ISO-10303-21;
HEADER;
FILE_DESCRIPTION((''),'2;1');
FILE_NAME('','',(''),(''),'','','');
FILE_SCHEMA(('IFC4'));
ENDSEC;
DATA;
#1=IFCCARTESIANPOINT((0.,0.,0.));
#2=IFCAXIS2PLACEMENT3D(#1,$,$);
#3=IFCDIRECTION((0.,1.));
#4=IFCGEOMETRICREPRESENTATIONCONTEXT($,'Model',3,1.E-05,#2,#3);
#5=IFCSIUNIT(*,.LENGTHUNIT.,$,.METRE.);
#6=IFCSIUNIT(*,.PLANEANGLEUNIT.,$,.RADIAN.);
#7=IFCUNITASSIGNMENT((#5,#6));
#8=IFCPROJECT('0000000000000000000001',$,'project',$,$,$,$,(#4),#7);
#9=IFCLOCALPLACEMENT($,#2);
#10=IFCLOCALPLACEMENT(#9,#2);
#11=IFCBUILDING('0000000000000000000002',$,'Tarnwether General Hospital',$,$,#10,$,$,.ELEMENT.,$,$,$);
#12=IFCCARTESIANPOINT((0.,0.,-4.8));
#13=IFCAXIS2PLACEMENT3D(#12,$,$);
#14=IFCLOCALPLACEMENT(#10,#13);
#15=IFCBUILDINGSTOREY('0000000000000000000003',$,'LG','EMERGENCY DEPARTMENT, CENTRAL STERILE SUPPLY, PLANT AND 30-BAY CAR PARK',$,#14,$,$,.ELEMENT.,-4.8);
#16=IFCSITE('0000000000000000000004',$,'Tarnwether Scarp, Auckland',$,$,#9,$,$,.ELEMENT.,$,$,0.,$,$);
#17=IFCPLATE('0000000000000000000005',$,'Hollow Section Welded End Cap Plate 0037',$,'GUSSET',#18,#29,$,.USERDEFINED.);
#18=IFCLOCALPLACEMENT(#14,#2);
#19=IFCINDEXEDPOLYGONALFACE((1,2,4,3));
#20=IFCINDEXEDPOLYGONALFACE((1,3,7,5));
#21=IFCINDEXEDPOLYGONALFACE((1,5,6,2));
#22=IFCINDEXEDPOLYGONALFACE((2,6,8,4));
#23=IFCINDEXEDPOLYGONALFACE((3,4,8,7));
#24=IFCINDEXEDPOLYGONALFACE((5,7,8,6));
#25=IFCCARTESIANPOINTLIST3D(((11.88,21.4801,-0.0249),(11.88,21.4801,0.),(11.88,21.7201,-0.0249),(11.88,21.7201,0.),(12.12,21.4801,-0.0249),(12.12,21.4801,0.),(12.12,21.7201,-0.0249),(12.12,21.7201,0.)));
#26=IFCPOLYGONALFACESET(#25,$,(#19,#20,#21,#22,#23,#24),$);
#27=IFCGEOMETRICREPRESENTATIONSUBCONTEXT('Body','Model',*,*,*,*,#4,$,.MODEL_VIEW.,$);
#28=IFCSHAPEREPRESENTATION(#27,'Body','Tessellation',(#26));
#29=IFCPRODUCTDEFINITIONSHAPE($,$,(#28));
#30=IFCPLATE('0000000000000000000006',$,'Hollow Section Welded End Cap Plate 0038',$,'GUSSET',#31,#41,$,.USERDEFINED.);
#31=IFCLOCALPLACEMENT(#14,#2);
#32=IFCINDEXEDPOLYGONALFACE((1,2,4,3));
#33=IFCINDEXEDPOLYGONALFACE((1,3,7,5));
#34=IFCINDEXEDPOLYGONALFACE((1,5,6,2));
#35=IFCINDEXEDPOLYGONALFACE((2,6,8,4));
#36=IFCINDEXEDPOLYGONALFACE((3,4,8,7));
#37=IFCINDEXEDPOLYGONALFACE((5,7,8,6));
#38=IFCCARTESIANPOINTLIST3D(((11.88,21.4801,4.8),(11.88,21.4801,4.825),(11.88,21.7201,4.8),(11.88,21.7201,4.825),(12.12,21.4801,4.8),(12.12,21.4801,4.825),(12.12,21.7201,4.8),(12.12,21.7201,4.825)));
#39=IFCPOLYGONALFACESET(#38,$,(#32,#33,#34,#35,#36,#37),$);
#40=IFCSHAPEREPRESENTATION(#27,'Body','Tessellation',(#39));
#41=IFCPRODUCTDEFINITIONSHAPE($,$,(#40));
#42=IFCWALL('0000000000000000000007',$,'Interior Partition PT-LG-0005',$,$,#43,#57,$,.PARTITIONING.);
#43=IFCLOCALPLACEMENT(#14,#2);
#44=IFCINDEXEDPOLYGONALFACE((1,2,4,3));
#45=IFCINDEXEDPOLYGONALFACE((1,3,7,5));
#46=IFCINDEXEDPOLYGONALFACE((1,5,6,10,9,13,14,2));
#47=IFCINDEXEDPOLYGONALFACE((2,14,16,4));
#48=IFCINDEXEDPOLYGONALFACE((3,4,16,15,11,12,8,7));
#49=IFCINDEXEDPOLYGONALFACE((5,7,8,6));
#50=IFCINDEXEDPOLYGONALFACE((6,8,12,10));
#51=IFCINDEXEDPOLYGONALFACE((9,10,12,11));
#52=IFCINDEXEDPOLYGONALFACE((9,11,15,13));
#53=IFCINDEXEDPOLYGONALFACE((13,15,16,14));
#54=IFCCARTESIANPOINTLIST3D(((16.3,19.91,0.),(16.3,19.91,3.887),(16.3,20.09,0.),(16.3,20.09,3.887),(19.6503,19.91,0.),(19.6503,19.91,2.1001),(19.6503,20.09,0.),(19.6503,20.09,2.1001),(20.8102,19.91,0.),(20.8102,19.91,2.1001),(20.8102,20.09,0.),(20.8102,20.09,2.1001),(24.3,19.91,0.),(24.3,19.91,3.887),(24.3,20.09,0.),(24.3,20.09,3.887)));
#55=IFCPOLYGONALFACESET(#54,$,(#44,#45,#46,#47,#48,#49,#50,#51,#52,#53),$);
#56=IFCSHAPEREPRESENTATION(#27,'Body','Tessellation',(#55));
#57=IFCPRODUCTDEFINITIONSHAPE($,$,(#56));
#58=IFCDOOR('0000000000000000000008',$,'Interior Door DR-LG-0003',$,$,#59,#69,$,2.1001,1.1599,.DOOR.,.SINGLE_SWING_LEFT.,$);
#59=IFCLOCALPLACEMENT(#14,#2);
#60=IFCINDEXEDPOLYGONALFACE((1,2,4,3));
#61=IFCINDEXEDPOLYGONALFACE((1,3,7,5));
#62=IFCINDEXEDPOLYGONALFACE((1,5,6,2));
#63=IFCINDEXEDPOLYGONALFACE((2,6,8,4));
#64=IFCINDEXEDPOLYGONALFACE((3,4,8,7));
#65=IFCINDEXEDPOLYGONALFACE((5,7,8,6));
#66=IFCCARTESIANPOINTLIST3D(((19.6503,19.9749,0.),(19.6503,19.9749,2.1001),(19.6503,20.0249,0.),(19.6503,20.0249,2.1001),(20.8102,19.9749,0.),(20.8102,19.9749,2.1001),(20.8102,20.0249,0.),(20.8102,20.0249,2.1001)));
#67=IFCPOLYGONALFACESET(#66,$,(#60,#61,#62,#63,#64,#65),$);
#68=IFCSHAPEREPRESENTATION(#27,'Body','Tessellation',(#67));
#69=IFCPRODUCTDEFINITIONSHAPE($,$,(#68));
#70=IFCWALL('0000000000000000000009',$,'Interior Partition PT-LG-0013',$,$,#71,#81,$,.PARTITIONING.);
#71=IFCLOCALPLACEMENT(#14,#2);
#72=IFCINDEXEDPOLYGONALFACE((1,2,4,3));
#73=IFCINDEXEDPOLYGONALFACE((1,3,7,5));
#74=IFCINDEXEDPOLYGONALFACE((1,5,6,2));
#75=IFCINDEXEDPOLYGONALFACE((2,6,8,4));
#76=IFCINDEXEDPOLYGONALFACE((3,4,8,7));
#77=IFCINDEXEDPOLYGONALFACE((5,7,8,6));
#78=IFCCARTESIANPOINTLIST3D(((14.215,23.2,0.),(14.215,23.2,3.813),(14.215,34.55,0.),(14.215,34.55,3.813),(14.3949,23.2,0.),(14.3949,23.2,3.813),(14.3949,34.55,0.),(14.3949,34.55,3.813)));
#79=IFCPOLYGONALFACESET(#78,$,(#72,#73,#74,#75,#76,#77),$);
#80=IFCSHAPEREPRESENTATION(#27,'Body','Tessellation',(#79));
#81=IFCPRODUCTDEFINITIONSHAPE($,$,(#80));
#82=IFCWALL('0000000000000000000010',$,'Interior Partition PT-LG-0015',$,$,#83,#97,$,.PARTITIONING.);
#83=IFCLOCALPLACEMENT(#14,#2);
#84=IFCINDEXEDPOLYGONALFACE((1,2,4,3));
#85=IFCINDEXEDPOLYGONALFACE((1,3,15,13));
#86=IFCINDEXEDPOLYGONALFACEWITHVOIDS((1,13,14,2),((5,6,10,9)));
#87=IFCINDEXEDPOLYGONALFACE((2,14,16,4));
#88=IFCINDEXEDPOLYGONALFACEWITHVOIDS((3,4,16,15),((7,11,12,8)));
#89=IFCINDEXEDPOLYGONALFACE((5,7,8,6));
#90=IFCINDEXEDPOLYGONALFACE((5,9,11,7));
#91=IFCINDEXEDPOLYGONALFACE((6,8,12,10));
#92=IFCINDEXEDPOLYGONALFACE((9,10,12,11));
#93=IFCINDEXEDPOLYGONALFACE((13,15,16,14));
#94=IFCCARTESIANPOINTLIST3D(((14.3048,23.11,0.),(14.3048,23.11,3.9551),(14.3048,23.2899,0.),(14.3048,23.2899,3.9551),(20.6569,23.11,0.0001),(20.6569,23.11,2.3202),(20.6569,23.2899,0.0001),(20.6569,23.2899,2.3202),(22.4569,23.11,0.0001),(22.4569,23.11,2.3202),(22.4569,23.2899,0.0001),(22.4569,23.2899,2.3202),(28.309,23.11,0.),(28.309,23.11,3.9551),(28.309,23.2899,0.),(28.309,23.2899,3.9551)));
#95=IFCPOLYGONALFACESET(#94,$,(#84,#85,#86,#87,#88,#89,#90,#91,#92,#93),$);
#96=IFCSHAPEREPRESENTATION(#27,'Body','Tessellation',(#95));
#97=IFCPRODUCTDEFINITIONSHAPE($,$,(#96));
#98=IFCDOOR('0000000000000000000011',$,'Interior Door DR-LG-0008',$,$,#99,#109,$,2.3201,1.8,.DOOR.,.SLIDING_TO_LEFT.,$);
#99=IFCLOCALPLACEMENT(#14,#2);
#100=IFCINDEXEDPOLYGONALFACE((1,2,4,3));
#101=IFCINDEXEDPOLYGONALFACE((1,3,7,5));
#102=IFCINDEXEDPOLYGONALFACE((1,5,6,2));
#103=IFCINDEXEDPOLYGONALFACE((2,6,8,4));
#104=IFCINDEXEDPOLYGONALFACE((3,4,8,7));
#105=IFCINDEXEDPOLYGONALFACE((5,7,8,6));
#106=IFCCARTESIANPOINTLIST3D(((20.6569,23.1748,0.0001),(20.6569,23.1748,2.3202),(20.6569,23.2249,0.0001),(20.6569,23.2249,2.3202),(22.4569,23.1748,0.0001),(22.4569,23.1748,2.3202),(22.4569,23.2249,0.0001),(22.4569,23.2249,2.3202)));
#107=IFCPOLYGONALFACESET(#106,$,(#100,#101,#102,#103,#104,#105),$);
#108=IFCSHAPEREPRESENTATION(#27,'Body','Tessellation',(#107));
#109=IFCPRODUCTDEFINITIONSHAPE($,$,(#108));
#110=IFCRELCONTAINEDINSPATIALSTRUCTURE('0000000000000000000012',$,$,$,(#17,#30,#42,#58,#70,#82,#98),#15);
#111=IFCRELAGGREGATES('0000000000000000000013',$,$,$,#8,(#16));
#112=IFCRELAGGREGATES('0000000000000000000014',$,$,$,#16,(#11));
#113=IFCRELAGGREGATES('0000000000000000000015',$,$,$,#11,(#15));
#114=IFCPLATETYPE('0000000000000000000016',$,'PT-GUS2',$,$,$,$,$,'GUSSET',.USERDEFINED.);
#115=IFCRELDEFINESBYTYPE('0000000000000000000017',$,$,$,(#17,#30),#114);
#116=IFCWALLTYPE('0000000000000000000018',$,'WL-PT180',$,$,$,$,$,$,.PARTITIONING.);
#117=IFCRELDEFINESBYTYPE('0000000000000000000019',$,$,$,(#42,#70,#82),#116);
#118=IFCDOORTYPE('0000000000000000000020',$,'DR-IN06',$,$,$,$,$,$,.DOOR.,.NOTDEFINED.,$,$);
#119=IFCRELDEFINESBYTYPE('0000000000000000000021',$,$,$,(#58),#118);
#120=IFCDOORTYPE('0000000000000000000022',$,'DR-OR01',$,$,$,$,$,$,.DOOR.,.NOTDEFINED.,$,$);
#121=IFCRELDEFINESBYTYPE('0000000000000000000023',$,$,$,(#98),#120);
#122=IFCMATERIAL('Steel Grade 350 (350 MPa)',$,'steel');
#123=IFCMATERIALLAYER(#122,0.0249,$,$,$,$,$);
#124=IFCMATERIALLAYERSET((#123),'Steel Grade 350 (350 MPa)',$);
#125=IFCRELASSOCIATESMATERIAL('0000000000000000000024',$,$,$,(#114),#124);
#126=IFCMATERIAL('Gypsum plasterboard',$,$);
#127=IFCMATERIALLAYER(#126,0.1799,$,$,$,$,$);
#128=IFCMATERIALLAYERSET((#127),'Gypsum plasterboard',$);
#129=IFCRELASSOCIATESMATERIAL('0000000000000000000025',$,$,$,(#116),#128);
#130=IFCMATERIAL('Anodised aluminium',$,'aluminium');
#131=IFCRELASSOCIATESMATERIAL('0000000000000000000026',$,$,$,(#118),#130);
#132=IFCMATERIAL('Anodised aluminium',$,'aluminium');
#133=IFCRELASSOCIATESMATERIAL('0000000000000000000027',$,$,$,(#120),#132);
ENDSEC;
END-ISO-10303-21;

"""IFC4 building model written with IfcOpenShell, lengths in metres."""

from ifc_helpers import new_model, si_unit, direction, frame, frame_2d, origin, origin_2d, place, context, subcontext, project, spatial, rectangle, extrude, material, layer, layer_set, type_object, element, fill, save


model = new_model("IFC4")

# Units and contexts
model_context = context("Model", 3, precision=1e-05, world=origin(), true_north=direction((0.0, 1.0)))
body_context = subcontext(model_context, "Body", "Model", "MODEL_VIEW")
ifc_project = project(units=[si_unit("LENGTHUNIT", "METRE"), si_unit("PLANEANGLEUNIT", "RADIAN")], contexts=[model_context])

# Site, building, storey
site_placement = place(None, origin())
site = spatial("IfcSite", under=ifc_project, at=site_placement, Name="Tarnwether Scarp, Auckland", CompositionType="ELEMENT", RefElevation=0.0)
building_placement = place(site_placement, origin())
building = spatial("IfcBuilding", under=site, at=building_placement, Name="Tarnwether General Hospital", CompositionType="ELEMENT")
storey_placement = place(building_placement, frame((0.0, 0.0, -4.8)))
storey = spatial("IfcBuildingStorey", under=building, at=storey_placement, Name="LG", Description="EMERGENCY DEPARTMENT, CENTRAL STERILE SUPPLY, PLANT AND 30-BAY CAR PARK", CompositionType="ELEMENT", Elevation=-4.8)

# Plates
ifc_material_1 = material(Name="Steel Grade 350 (350 MPa)", Category="steel")
ifc_layer_1 = layer(ifc_material_1, 0.0249)
ifc_layer_set_1 = layer_set([ifc_layer_1], Name="Steel Grade 350 (350 MPa)")
plate_type = type_object("IfcPlateType", Name="PT-GUS2", ElementType="GUSSET", PredefinedType="USERDEFINED", material=ifc_layer_set_1)
for number, where, z_axis, x_axis, name in (
    (1, (12.0, 21.6001, -0.0249), (0.0, 0.0, 1.0), (1.0, 0.0, 0.0), "Hollow Section Welded End Cap Plate 0037"),
    (2, (12.0, 21.6001, 4.8), (0.0, 0.0, 1.0), (1.0, 0.0, 0.0), "Hollow Section Welded End Cap Plate 0038"),
):
    element("IfcPlate", number, at=place(storey_placement, frame(where, z_axis=z_axis, x_axis=x_axis)), inside=storey, type_object=plate_type, Name=name, ObjectType="GUSSET", PredefinedType="USERDEFINED", context=body_context, shape_type="SweptSolid", body=[
        extrude(rectangle(XDim=0.24, YDim=0.24, at=origin_2d()), origin(), (0.0, 0.0, 1.0), 0.0249),
    ])

# Wall, opening, door
ifc_material_2 = material(Name="Gypsum plasterboard")
ifc_layer_2 = layer(ifc_material_2, 0.1799)
ifc_layer_set_2 = layer_set([ifc_layer_2], Name="Gypsum plasterboard")
wall_type = type_object("IfcWallType", Name="WL-PT180", PredefinedType="PARTITIONING", material=ifc_layer_set_2)
wall_1_placement = place(storey_placement, frame((16.3, 20.0, 0.0), z_axis=(0.0, 0.0, 1.0), x_axis=(1.0, 0.0, 0.0)))
wall_1 = element("IfcWall", 3, at=wall_1_placement, inside=storey, type_object=wall_type, Name="Interior Partition PT-LG-0005", PredefinedType="PARTITIONING", context=body_context, shape_type="SweptSolid", body=[
    extrude(rectangle(XDim=8.0, YDim=0.1799, at=frame_2d((4.0, 0.0))), origin(), (0.0, 0.0, 1.0), 3.887),
])
opening_1_placement = place(wall_1_placement, frame((3.3501, 0.0, 0.0)))
opening_1 = element("IfcOpeningElement", 4, at=opening_1_placement, cuts=wall_1, PredefinedType="OPENING", context=body_context, shape_type="SweptSolid", body=[
    extrude(rectangle(XDim=1.1599, YDim=2.1001, at=frame_2d((0.5801, 1.05))), frame((0.0, 0.1001, 0.0), z_axis=(0.0, -1.0, 0.0), x_axis=(1.0, 0.0, 0.0)), (0.0, 0.0, 1.0), 0.2),
])
ifc_material_3 = material(Name="Anodised aluminium", Category="aluminium")
door_type_1 = type_object("IfcDoorType", Name="DR-IN06", OperationType="NOTDEFINED", PredefinedType="DOOR", material=ifc_material_3)
door_1_placement = place(opening_1_placement, origin())
door_1 = element("IfcDoor", 5, at=door_1_placement, inside=storey, type_object=door_type_1, Name="Interior Door DR-LG-0003", OperationType="SINGLE_SWING_LEFT", OverallHeight=2.1001, OverallWidth=1.1599, PredefinedType="DOOR", context=body_context, shape_type="SweptSolid", body=[
    extrude(rectangle(XDim=1.1599, YDim=2.1001, at=frame_2d((0.5801, 1.05))), frame((0.0, 0.0249, 0.0), z_axis=(0.0, -1.0, 0.0), x_axis=(1.0, 0.0, 0.0)), (0.0, 0.0, 1.0), 0.05),
])
fill(opening_1, door_1)

# Wall
wall_2_placement = place(storey_placement, frame((14.3049, 23.2, 0.0), z_axis=(0.0, 0.0, 1.0), x_axis=(0.0, 1.0, 0.0)))
element("IfcWall", 6, at=wall_2_placement, inside=storey, type_object=wall_type, Name="Interior Partition PT-LG-0013", PredefinedType="PARTITIONING", context=body_context, shape_type="SweptSolid", body=[
    extrude(rectangle(XDim=11.3501, YDim=0.1799, at=frame_2d((5.675, 0.0))), origin(), (0.0, 0.0, 1.0), 3.813),
])

# Wall, opening, door
wall_3_placement = place(storey_placement, frame((14.3049, 23.2, 0.0), z_axis=(0.0, 0.0, 1.0), x_axis=(1.0, 0.0, 0.0)))
wall_3 = element("IfcWall", 7, at=wall_3_placement, inside=storey, type_object=wall_type, Name="Interior Partition PT-LG-0015", PredefinedType="PARTITIONING", context=body_context, shape_type="SweptSolid", body=[
    extrude(rectangle(XDim=14.0042, YDim=0.1799, at=frame_2d((7.002, 0.0))), origin(), (0.0, 0.0, 1.0), 3.9551),
])
opening_2_placement = place(wall_3_placement, frame((6.3521, 0.0, 0.0)))
opening_2 = element("IfcOpeningElement", 8, at=opening_2_placement, cuts=wall_3, PredefinedType="OPENING", context=body_context, shape_type="SweptSolid", body=[
    extrude(rectangle(XDim=1.8, YDim=2.3201, at=frame_2d((0.8999, 1.1602))), frame((0.0, 0.1001, 0.0), z_axis=(0.0, -1.0, 0.0), x_axis=(1.0, 0.0, 0.0)), (0.0, 0.0, 1.0), 0.2),
])
ifc_material_4 = material(Name="Anodised aluminium", Category="aluminium")
door_type_2 = type_object("IfcDoorType", Name="DR-OR01", OperationType="NOTDEFINED", PredefinedType="DOOR", material=ifc_material_4)
door_2_placement = place(opening_2_placement, origin())
door_2 = element("IfcDoor", 9, at=door_2_placement, inside=storey, type_object=door_type_2, Name="Interior Door DR-LG-0008", OperationType="SLIDING_TO_LEFT", OverallHeight=2.3201, OverallWidth=1.8, PredefinedType="DOOR", context=body_context, shape_type="SweptSolid", body=[
    extrude(rectangle(XDim=1.8, YDim=2.3201, at=frame_2d((0.8999, 1.1602))), frame((0.0, 0.0249, 0.0), z_axis=(0.0, -1.0, 0.0), x_axis=(1.0, 0.0, 0.0)), (0.0, 0.0, 1.0), 0.05),
])
fill(opening_2, door_2)

save(model, "model.ifc")
